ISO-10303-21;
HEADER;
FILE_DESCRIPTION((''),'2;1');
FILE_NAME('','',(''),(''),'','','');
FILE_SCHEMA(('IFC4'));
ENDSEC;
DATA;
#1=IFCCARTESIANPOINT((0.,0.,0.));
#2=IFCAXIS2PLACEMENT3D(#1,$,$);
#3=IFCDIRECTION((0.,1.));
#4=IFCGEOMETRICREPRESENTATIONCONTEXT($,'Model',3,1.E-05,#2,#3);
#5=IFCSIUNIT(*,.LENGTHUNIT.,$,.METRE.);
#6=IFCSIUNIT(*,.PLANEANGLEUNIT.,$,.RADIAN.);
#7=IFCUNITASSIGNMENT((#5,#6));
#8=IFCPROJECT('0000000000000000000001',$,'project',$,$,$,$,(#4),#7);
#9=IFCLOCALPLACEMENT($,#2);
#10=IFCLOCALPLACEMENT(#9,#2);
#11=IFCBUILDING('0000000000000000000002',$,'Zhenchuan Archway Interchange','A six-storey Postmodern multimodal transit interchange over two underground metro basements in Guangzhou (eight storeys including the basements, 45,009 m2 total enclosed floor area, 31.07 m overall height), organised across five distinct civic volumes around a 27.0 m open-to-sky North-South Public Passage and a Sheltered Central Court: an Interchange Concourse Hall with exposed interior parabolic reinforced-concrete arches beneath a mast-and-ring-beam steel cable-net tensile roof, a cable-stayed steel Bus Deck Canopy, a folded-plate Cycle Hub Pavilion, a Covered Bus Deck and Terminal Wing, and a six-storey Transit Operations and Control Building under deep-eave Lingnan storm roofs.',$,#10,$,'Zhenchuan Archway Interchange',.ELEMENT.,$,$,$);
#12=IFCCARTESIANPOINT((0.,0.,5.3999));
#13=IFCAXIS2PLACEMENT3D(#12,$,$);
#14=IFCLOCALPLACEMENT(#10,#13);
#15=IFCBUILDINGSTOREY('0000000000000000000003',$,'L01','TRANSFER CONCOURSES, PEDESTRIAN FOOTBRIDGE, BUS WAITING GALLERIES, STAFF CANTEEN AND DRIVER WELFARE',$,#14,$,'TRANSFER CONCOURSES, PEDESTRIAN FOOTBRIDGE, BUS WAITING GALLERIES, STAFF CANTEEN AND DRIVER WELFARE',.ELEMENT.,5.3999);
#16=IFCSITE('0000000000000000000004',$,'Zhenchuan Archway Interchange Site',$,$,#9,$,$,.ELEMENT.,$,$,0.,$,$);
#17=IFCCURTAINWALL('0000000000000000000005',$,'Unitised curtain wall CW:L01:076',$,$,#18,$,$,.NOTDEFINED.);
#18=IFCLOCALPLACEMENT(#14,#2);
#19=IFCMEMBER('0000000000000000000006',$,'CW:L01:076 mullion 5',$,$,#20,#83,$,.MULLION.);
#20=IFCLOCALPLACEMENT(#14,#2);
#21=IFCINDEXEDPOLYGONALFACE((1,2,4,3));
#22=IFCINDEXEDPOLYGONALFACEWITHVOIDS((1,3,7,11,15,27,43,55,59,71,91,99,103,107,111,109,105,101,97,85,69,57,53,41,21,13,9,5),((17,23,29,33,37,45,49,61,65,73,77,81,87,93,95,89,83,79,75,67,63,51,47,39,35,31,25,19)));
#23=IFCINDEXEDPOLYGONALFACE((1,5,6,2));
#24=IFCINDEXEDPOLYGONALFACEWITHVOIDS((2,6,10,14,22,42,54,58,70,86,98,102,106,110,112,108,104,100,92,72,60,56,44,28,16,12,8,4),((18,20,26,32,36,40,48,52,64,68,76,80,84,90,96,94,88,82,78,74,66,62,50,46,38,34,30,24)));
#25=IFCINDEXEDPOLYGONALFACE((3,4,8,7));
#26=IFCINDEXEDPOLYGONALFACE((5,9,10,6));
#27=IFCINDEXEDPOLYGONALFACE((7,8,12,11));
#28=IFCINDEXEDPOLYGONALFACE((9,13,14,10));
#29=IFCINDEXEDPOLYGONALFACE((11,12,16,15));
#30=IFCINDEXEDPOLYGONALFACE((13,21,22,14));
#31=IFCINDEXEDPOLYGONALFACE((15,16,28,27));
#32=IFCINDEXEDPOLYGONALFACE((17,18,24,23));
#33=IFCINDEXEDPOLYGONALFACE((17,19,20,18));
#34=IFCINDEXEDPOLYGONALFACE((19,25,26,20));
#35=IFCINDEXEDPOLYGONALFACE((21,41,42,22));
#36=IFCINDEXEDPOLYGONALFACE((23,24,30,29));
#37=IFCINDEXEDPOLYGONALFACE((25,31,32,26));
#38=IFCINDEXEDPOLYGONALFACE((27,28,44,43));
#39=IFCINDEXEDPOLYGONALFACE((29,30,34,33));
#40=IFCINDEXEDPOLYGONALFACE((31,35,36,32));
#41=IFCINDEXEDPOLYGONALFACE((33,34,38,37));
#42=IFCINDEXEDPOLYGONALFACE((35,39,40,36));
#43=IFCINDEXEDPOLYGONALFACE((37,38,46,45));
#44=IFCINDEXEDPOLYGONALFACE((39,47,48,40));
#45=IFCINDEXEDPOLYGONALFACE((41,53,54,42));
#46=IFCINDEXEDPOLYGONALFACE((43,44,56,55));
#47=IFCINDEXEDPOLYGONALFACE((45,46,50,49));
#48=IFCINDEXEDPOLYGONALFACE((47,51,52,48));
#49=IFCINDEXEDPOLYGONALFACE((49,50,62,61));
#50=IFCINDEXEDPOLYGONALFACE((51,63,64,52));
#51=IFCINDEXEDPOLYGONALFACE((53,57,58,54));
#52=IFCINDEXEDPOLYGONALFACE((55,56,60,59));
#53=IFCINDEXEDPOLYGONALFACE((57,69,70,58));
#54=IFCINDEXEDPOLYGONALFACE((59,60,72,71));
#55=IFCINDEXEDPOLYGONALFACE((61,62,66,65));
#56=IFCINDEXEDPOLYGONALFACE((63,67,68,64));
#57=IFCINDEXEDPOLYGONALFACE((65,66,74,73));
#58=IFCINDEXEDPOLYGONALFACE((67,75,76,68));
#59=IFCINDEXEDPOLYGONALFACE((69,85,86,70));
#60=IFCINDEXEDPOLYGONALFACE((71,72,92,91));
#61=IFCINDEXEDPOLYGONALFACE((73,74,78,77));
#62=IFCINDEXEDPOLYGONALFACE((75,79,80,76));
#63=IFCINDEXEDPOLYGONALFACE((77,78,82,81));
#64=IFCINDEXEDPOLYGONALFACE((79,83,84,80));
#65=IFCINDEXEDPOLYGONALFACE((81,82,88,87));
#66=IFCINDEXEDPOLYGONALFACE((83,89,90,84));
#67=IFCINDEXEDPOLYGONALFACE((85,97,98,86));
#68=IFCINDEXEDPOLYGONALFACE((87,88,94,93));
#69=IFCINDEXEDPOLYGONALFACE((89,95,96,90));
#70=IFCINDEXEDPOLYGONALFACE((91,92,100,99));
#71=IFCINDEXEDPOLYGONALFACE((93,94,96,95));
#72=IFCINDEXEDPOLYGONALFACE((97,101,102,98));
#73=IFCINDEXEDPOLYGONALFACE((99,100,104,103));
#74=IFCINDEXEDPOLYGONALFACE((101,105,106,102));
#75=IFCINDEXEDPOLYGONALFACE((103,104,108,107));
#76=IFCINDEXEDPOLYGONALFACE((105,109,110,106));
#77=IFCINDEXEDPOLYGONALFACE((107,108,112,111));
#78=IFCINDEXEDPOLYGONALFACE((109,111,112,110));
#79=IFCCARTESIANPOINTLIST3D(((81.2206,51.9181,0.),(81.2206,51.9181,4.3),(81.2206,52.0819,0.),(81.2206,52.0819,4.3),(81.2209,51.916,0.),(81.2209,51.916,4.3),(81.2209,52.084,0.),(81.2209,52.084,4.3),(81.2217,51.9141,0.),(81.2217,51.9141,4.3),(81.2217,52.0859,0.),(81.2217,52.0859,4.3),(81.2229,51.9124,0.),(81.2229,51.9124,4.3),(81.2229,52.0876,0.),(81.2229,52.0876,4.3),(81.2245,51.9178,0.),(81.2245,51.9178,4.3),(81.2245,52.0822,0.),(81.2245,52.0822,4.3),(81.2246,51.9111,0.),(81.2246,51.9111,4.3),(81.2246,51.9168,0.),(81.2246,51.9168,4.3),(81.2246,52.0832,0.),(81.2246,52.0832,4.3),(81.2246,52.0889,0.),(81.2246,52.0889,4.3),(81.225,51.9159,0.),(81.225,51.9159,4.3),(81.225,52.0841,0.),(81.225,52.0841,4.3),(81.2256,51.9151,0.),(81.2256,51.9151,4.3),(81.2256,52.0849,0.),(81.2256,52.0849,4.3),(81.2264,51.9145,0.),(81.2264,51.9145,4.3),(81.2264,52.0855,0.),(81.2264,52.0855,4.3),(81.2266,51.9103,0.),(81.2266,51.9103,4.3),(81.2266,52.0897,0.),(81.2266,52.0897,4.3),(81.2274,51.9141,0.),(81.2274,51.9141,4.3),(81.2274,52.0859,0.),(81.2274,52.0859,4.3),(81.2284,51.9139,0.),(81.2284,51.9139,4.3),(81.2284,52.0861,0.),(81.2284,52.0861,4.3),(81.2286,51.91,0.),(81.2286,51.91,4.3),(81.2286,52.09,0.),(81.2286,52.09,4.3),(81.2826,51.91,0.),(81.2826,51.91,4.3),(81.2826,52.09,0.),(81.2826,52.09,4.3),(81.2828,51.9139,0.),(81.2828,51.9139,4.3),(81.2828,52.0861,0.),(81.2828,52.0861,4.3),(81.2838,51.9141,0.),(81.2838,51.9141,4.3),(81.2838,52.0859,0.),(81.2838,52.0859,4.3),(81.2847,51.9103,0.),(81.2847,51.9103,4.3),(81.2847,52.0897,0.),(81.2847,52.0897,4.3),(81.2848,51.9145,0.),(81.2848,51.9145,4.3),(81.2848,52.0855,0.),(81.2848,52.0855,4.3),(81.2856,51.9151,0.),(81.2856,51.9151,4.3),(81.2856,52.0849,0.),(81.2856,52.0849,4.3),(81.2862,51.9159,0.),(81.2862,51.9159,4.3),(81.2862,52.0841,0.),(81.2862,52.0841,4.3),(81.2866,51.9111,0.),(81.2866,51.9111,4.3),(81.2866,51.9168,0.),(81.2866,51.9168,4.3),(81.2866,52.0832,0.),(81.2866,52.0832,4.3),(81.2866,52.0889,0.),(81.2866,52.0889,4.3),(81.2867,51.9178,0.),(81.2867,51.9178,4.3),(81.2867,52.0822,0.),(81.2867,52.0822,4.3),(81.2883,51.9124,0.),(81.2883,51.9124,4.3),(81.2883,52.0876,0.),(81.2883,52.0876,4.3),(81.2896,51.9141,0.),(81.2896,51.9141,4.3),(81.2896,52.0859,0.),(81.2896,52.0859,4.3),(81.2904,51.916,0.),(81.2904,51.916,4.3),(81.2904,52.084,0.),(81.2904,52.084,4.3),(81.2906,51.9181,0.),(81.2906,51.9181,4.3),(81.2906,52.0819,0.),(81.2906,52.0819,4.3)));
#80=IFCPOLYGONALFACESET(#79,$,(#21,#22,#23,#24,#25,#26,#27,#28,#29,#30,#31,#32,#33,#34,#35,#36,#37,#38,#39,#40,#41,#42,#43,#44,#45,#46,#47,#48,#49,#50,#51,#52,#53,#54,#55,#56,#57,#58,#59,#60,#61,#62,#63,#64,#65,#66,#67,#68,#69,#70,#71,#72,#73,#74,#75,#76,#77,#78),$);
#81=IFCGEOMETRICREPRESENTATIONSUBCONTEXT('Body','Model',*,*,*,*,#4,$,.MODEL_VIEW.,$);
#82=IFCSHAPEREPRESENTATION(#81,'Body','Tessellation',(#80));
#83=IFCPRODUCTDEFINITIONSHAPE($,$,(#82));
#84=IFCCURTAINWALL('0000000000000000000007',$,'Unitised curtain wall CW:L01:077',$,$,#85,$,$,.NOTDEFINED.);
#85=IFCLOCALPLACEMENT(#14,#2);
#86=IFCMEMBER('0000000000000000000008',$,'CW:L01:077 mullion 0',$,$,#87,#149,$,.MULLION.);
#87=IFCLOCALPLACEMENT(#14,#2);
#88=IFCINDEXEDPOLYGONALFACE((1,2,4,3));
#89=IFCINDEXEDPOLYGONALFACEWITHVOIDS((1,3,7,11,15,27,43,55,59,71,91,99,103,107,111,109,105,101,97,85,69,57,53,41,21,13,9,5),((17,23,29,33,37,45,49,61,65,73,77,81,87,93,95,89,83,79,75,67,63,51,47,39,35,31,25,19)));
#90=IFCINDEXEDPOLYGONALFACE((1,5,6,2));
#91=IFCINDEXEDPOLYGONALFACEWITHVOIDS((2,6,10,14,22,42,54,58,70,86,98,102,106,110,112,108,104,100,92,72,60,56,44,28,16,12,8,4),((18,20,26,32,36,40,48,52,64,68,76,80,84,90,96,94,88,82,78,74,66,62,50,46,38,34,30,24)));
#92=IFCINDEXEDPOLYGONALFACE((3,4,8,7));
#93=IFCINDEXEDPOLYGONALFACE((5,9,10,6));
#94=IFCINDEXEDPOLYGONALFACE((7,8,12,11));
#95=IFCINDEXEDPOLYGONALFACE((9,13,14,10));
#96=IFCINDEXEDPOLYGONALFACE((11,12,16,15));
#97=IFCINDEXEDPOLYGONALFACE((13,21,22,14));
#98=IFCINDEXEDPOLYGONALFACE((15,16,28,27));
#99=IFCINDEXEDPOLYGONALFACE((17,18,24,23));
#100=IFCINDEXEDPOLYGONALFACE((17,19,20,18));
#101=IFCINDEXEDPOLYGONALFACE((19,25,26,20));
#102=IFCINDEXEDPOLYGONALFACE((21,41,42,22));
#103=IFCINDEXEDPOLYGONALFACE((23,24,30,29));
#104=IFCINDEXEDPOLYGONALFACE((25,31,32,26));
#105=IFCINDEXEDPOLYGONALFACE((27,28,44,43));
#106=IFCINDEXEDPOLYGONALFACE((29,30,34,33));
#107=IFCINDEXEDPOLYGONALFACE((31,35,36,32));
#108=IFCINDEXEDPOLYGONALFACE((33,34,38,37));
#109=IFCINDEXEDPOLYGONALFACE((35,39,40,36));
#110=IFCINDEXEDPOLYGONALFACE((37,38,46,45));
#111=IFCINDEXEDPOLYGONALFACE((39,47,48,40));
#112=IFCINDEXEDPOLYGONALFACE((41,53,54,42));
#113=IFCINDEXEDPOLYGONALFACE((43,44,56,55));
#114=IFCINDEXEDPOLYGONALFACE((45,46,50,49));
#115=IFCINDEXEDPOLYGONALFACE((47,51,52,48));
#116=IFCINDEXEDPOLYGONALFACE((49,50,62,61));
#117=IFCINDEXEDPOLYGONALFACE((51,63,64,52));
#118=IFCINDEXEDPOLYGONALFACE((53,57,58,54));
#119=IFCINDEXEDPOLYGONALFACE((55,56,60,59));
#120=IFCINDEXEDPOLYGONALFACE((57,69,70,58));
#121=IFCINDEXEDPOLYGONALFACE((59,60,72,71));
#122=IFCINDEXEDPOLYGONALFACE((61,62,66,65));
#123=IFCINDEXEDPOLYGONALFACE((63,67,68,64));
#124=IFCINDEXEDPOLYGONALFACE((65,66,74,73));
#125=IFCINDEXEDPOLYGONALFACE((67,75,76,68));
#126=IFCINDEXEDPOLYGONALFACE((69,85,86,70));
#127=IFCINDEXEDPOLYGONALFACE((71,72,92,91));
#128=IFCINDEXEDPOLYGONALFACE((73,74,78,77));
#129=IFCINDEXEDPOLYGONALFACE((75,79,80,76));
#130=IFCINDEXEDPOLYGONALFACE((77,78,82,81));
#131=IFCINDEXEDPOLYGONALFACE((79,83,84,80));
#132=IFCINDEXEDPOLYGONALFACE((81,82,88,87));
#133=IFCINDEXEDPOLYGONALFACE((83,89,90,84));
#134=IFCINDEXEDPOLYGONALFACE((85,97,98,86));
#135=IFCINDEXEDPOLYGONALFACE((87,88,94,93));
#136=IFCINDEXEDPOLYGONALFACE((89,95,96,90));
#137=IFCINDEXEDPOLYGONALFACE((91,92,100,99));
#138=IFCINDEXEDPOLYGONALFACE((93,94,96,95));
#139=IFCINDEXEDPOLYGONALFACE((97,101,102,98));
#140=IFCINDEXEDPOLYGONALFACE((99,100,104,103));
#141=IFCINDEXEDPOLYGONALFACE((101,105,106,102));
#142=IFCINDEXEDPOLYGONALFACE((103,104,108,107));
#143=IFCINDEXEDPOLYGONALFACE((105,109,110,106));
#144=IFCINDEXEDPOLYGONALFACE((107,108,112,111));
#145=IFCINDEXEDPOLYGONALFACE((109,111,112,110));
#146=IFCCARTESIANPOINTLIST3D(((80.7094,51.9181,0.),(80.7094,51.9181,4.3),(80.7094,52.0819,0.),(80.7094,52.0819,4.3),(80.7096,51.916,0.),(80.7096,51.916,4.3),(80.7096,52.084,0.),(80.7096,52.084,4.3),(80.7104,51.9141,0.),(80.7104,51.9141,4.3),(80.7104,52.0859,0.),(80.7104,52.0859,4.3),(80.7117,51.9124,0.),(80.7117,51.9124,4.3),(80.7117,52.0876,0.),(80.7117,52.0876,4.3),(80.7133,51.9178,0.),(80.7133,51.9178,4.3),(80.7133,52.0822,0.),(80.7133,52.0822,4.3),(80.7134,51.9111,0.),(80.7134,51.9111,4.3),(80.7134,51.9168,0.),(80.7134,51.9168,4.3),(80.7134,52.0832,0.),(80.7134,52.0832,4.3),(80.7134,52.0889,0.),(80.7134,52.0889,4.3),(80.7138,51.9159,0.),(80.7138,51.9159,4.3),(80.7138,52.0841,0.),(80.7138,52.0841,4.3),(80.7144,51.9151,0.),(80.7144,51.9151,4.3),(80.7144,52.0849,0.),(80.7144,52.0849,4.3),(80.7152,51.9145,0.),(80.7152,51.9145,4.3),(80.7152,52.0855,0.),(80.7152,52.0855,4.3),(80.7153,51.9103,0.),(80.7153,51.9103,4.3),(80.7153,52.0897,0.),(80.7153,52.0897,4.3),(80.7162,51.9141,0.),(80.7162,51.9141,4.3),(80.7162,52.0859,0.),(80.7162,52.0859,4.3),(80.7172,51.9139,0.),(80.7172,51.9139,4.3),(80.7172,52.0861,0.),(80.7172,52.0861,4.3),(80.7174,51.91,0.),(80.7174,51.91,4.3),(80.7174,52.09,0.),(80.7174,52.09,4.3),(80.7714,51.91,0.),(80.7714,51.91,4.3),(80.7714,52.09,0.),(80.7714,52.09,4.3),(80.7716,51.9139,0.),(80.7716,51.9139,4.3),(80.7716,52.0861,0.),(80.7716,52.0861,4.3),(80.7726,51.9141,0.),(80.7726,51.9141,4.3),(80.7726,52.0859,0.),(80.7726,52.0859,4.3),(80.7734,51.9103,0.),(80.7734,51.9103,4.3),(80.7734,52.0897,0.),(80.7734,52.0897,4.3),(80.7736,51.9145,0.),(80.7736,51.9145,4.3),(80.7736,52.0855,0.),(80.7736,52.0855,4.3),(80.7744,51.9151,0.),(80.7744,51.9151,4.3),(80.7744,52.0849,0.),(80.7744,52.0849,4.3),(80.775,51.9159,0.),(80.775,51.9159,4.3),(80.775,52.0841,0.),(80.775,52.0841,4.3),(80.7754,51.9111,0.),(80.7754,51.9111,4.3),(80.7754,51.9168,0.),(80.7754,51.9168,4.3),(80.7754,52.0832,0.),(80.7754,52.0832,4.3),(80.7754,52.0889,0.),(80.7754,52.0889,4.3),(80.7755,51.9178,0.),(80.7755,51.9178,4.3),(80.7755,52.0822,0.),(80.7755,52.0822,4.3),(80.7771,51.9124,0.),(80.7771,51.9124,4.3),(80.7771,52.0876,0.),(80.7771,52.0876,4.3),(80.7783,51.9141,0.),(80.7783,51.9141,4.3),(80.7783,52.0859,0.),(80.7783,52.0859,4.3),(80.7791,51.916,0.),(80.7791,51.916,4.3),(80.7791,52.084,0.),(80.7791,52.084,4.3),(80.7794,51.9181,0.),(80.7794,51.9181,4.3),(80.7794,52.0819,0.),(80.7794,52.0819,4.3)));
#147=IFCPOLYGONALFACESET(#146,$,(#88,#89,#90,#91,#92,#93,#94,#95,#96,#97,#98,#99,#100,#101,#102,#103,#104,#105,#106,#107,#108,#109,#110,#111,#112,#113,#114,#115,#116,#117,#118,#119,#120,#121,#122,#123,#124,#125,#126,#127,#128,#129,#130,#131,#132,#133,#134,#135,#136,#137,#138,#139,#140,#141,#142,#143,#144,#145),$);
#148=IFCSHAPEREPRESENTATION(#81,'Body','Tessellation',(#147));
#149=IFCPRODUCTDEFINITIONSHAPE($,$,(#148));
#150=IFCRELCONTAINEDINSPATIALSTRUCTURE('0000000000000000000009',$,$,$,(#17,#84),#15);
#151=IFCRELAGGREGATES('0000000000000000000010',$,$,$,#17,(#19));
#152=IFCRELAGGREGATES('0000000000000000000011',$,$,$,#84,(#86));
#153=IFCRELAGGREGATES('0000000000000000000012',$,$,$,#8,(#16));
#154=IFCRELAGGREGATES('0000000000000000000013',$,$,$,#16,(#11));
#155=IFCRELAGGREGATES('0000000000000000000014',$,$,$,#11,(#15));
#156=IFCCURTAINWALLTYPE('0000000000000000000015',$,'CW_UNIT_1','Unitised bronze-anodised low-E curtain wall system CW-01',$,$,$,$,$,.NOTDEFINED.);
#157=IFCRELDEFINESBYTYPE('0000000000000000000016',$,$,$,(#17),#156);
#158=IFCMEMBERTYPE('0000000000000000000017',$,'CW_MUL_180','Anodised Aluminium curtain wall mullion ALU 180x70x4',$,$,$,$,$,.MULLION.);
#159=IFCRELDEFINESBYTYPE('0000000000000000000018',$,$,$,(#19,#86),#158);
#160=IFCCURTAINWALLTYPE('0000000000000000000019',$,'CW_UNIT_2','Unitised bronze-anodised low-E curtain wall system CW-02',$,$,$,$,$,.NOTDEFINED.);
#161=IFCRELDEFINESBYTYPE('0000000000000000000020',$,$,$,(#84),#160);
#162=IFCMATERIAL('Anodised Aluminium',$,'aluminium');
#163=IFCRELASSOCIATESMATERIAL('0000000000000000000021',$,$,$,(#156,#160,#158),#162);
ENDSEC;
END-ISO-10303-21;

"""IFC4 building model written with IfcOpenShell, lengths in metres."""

from ifc_helpers import new_model, si_unit, direction, frame, origin, origin_2d, place, context, subcontext, project, spatial, hollow_rectangle, extrude, material, material_profile, profile_set, type_object, element, aggregate, save


model = new_model("IFC4")

# Units and contexts
model_context = context("Model", 3, precision=1e-05, world=origin(), true_north=direction((0.0, 1.0)))
body_context = subcontext(model_context, "Body", "Model", "MODEL_VIEW")
ifc_project = project(units=[si_unit("LENGTHUNIT", "METRE"), si_unit("PLANEANGLEUNIT", "RADIAN")], contexts=[model_context])

# Site, building, storey
site_placement = place(None, origin())
site = spatial("IfcSite", under=ifc_project, at=site_placement, Name="Zhenchuan Archway Interchange Site", CompositionType="ELEMENT", RefElevation=0.0)
building_placement = place(site_placement, origin())
building = spatial("IfcBuilding", under=site, at=building_placement, Name="Zhenchuan Archway Interchange", Description="A six-storey Postmodern multimodal transit interchange over two underground metro basements in Guangzhou (eight storeys including the basements, 45,009 m2 total enclosed floor area, 31.07 m overall height), organised across five distinct civic volumes around a 27.0 m open-to-sky North-South Public Passage and a Sheltered Central Court: an Interchange Concourse Hall with exposed interior parabolic reinforced-concrete arches beneath a mast-and-ring-beam steel cable-net tensile roof, a cable-stayed steel Bus Deck Canopy, a folded-plate Cycle Hub Pavilion, a Covered Bus Deck and Terminal Wing, and a six-storey Transit Operations and Control Building under deep-eave Lingnan storm roofs.", LongName="Zhenchuan Archway Interchange", CompositionType="ELEMENT")
storey_placement = place(building_placement, frame((0.0, 0.0, 5.3999)))
storey = spatial("IfcBuildingStorey", under=building, at=storey_placement, Name="L01", Description="TRANSFER CONCOURSES, PEDESTRIAN FOOTBRIDGE, BUS WAITING GALLERIES, STAFF CANTEEN AND DRIVER WELFARE", LongName="TRANSFER CONCOURSES, PEDESTRIAN FOOTBRIDGE, BUS WAITING GALLERIES, STAFF CANTEEN AND DRIVER WELFARE", CompositionType="ELEMENT", Elevation=5.3999)

# Curtain wall, member
ifc_material_1 = material(Name="Anodised Aluminium", Category="aluminium")
curtain_wall_type_1 = type_object("IfcCurtainWallType", Name="CW_UNIT_1", Description="Unitised bronze-anodised low-E curtain wall system CW-01", PredefinedType="NOTDEFINED", material=ifc_material_1)
curtain_wall_1_placement = place(storey_placement, origin())
curtain_wall_1 = element("IfcCurtainWall", 1, at=curtain_wall_1_placement, inside=storey, type_object=curtain_wall_type_1, Name="Unitised curtain wall CW:L01:076", PredefinedType="NOTDEFINED")
ifc_material_profile_1 = material_profile(ifc_material_1, hollow_rectangle(XDim=0.0701, YDim=0.1799, WallThickness=0.0039, InnerFilletRadius=0.0039, OuterFilletRadius=0.0081, at=origin_2d()), Name="ALU 180x70x4")
ifc_profile_set_1 = profile_set([ifc_material_profile_1], Name="Anodised Aluminium")
member_type_1 = type_object("IfcMemberType", Name="CW_MUL_180", Description="Anodised Aluminium curtain wall mullion ALU 180x70x4", PredefinedType="MULLION", material=ifc_profile_set_1)
member_1_placement = place(storey_placement, frame((81.2556, 52.0, 0.0), z_axis=(0.0, 0.0, 1.0), x_axis=(1.0, 0.0, 0.0)))
member_1 = element("IfcMember", 2, at=member_1_placement, type_object=member_type_1, Name="CW:L01:076 mullion 5", PredefinedType="MULLION", context=body_context, shape_type="SweptSolid", body=[
    extrude(hollow_rectangle(XDim=0.0701, YDim=0.1799, WallThickness=0.0039, InnerFilletRadius=0.0039, OuterFilletRadius=0.0081, at=origin_2d()), origin(), (0.0, 0.0, 1.0), 4.3),
])

# Curtain wall, member
curtain_wall_type_2 = type_object("IfcCurtainWallType", Name="CW_UNIT_2", Description="Unitised bronze-anodised low-E curtain wall system CW-02", PredefinedType="NOTDEFINED", material=ifc_material_1)
curtain_wall_2_placement = place(storey_placement, origin())
curtain_wall_2 = element("IfcCurtainWall", 3, at=curtain_wall_2_placement, inside=storey, type_object=curtain_wall_type_2, Name="Unitised curtain wall CW:L01:077", PredefinedType="NOTDEFINED")
member_2_placement = place(storey_placement, frame((80.7444, 52.0, 0.0), z_axis=(0.0, 0.0, 1.0), x_axis=(1.0, 0.0, 0.0)))
member_2 = element("IfcMember", 4, at=member_2_placement, type_object=member_type_1, Name="CW:L01:077 mullion 0", PredefinedType="MULLION", context=body_context, shape_type="SweptSolid", body=[
    extrude(hollow_rectangle(XDim=0.0701, YDim=0.1799, WallThickness=0.0039, InnerFilletRadius=0.0039, OuterFilletRadius=0.0081, at=origin_2d()), origin(), (0.0, 0.0, 1.0), 4.3),
])

aggregate(curtain_wall_1, [member_1])
aggregate(curtain_wall_2, [member_2])

save(model, "model.ifc")
